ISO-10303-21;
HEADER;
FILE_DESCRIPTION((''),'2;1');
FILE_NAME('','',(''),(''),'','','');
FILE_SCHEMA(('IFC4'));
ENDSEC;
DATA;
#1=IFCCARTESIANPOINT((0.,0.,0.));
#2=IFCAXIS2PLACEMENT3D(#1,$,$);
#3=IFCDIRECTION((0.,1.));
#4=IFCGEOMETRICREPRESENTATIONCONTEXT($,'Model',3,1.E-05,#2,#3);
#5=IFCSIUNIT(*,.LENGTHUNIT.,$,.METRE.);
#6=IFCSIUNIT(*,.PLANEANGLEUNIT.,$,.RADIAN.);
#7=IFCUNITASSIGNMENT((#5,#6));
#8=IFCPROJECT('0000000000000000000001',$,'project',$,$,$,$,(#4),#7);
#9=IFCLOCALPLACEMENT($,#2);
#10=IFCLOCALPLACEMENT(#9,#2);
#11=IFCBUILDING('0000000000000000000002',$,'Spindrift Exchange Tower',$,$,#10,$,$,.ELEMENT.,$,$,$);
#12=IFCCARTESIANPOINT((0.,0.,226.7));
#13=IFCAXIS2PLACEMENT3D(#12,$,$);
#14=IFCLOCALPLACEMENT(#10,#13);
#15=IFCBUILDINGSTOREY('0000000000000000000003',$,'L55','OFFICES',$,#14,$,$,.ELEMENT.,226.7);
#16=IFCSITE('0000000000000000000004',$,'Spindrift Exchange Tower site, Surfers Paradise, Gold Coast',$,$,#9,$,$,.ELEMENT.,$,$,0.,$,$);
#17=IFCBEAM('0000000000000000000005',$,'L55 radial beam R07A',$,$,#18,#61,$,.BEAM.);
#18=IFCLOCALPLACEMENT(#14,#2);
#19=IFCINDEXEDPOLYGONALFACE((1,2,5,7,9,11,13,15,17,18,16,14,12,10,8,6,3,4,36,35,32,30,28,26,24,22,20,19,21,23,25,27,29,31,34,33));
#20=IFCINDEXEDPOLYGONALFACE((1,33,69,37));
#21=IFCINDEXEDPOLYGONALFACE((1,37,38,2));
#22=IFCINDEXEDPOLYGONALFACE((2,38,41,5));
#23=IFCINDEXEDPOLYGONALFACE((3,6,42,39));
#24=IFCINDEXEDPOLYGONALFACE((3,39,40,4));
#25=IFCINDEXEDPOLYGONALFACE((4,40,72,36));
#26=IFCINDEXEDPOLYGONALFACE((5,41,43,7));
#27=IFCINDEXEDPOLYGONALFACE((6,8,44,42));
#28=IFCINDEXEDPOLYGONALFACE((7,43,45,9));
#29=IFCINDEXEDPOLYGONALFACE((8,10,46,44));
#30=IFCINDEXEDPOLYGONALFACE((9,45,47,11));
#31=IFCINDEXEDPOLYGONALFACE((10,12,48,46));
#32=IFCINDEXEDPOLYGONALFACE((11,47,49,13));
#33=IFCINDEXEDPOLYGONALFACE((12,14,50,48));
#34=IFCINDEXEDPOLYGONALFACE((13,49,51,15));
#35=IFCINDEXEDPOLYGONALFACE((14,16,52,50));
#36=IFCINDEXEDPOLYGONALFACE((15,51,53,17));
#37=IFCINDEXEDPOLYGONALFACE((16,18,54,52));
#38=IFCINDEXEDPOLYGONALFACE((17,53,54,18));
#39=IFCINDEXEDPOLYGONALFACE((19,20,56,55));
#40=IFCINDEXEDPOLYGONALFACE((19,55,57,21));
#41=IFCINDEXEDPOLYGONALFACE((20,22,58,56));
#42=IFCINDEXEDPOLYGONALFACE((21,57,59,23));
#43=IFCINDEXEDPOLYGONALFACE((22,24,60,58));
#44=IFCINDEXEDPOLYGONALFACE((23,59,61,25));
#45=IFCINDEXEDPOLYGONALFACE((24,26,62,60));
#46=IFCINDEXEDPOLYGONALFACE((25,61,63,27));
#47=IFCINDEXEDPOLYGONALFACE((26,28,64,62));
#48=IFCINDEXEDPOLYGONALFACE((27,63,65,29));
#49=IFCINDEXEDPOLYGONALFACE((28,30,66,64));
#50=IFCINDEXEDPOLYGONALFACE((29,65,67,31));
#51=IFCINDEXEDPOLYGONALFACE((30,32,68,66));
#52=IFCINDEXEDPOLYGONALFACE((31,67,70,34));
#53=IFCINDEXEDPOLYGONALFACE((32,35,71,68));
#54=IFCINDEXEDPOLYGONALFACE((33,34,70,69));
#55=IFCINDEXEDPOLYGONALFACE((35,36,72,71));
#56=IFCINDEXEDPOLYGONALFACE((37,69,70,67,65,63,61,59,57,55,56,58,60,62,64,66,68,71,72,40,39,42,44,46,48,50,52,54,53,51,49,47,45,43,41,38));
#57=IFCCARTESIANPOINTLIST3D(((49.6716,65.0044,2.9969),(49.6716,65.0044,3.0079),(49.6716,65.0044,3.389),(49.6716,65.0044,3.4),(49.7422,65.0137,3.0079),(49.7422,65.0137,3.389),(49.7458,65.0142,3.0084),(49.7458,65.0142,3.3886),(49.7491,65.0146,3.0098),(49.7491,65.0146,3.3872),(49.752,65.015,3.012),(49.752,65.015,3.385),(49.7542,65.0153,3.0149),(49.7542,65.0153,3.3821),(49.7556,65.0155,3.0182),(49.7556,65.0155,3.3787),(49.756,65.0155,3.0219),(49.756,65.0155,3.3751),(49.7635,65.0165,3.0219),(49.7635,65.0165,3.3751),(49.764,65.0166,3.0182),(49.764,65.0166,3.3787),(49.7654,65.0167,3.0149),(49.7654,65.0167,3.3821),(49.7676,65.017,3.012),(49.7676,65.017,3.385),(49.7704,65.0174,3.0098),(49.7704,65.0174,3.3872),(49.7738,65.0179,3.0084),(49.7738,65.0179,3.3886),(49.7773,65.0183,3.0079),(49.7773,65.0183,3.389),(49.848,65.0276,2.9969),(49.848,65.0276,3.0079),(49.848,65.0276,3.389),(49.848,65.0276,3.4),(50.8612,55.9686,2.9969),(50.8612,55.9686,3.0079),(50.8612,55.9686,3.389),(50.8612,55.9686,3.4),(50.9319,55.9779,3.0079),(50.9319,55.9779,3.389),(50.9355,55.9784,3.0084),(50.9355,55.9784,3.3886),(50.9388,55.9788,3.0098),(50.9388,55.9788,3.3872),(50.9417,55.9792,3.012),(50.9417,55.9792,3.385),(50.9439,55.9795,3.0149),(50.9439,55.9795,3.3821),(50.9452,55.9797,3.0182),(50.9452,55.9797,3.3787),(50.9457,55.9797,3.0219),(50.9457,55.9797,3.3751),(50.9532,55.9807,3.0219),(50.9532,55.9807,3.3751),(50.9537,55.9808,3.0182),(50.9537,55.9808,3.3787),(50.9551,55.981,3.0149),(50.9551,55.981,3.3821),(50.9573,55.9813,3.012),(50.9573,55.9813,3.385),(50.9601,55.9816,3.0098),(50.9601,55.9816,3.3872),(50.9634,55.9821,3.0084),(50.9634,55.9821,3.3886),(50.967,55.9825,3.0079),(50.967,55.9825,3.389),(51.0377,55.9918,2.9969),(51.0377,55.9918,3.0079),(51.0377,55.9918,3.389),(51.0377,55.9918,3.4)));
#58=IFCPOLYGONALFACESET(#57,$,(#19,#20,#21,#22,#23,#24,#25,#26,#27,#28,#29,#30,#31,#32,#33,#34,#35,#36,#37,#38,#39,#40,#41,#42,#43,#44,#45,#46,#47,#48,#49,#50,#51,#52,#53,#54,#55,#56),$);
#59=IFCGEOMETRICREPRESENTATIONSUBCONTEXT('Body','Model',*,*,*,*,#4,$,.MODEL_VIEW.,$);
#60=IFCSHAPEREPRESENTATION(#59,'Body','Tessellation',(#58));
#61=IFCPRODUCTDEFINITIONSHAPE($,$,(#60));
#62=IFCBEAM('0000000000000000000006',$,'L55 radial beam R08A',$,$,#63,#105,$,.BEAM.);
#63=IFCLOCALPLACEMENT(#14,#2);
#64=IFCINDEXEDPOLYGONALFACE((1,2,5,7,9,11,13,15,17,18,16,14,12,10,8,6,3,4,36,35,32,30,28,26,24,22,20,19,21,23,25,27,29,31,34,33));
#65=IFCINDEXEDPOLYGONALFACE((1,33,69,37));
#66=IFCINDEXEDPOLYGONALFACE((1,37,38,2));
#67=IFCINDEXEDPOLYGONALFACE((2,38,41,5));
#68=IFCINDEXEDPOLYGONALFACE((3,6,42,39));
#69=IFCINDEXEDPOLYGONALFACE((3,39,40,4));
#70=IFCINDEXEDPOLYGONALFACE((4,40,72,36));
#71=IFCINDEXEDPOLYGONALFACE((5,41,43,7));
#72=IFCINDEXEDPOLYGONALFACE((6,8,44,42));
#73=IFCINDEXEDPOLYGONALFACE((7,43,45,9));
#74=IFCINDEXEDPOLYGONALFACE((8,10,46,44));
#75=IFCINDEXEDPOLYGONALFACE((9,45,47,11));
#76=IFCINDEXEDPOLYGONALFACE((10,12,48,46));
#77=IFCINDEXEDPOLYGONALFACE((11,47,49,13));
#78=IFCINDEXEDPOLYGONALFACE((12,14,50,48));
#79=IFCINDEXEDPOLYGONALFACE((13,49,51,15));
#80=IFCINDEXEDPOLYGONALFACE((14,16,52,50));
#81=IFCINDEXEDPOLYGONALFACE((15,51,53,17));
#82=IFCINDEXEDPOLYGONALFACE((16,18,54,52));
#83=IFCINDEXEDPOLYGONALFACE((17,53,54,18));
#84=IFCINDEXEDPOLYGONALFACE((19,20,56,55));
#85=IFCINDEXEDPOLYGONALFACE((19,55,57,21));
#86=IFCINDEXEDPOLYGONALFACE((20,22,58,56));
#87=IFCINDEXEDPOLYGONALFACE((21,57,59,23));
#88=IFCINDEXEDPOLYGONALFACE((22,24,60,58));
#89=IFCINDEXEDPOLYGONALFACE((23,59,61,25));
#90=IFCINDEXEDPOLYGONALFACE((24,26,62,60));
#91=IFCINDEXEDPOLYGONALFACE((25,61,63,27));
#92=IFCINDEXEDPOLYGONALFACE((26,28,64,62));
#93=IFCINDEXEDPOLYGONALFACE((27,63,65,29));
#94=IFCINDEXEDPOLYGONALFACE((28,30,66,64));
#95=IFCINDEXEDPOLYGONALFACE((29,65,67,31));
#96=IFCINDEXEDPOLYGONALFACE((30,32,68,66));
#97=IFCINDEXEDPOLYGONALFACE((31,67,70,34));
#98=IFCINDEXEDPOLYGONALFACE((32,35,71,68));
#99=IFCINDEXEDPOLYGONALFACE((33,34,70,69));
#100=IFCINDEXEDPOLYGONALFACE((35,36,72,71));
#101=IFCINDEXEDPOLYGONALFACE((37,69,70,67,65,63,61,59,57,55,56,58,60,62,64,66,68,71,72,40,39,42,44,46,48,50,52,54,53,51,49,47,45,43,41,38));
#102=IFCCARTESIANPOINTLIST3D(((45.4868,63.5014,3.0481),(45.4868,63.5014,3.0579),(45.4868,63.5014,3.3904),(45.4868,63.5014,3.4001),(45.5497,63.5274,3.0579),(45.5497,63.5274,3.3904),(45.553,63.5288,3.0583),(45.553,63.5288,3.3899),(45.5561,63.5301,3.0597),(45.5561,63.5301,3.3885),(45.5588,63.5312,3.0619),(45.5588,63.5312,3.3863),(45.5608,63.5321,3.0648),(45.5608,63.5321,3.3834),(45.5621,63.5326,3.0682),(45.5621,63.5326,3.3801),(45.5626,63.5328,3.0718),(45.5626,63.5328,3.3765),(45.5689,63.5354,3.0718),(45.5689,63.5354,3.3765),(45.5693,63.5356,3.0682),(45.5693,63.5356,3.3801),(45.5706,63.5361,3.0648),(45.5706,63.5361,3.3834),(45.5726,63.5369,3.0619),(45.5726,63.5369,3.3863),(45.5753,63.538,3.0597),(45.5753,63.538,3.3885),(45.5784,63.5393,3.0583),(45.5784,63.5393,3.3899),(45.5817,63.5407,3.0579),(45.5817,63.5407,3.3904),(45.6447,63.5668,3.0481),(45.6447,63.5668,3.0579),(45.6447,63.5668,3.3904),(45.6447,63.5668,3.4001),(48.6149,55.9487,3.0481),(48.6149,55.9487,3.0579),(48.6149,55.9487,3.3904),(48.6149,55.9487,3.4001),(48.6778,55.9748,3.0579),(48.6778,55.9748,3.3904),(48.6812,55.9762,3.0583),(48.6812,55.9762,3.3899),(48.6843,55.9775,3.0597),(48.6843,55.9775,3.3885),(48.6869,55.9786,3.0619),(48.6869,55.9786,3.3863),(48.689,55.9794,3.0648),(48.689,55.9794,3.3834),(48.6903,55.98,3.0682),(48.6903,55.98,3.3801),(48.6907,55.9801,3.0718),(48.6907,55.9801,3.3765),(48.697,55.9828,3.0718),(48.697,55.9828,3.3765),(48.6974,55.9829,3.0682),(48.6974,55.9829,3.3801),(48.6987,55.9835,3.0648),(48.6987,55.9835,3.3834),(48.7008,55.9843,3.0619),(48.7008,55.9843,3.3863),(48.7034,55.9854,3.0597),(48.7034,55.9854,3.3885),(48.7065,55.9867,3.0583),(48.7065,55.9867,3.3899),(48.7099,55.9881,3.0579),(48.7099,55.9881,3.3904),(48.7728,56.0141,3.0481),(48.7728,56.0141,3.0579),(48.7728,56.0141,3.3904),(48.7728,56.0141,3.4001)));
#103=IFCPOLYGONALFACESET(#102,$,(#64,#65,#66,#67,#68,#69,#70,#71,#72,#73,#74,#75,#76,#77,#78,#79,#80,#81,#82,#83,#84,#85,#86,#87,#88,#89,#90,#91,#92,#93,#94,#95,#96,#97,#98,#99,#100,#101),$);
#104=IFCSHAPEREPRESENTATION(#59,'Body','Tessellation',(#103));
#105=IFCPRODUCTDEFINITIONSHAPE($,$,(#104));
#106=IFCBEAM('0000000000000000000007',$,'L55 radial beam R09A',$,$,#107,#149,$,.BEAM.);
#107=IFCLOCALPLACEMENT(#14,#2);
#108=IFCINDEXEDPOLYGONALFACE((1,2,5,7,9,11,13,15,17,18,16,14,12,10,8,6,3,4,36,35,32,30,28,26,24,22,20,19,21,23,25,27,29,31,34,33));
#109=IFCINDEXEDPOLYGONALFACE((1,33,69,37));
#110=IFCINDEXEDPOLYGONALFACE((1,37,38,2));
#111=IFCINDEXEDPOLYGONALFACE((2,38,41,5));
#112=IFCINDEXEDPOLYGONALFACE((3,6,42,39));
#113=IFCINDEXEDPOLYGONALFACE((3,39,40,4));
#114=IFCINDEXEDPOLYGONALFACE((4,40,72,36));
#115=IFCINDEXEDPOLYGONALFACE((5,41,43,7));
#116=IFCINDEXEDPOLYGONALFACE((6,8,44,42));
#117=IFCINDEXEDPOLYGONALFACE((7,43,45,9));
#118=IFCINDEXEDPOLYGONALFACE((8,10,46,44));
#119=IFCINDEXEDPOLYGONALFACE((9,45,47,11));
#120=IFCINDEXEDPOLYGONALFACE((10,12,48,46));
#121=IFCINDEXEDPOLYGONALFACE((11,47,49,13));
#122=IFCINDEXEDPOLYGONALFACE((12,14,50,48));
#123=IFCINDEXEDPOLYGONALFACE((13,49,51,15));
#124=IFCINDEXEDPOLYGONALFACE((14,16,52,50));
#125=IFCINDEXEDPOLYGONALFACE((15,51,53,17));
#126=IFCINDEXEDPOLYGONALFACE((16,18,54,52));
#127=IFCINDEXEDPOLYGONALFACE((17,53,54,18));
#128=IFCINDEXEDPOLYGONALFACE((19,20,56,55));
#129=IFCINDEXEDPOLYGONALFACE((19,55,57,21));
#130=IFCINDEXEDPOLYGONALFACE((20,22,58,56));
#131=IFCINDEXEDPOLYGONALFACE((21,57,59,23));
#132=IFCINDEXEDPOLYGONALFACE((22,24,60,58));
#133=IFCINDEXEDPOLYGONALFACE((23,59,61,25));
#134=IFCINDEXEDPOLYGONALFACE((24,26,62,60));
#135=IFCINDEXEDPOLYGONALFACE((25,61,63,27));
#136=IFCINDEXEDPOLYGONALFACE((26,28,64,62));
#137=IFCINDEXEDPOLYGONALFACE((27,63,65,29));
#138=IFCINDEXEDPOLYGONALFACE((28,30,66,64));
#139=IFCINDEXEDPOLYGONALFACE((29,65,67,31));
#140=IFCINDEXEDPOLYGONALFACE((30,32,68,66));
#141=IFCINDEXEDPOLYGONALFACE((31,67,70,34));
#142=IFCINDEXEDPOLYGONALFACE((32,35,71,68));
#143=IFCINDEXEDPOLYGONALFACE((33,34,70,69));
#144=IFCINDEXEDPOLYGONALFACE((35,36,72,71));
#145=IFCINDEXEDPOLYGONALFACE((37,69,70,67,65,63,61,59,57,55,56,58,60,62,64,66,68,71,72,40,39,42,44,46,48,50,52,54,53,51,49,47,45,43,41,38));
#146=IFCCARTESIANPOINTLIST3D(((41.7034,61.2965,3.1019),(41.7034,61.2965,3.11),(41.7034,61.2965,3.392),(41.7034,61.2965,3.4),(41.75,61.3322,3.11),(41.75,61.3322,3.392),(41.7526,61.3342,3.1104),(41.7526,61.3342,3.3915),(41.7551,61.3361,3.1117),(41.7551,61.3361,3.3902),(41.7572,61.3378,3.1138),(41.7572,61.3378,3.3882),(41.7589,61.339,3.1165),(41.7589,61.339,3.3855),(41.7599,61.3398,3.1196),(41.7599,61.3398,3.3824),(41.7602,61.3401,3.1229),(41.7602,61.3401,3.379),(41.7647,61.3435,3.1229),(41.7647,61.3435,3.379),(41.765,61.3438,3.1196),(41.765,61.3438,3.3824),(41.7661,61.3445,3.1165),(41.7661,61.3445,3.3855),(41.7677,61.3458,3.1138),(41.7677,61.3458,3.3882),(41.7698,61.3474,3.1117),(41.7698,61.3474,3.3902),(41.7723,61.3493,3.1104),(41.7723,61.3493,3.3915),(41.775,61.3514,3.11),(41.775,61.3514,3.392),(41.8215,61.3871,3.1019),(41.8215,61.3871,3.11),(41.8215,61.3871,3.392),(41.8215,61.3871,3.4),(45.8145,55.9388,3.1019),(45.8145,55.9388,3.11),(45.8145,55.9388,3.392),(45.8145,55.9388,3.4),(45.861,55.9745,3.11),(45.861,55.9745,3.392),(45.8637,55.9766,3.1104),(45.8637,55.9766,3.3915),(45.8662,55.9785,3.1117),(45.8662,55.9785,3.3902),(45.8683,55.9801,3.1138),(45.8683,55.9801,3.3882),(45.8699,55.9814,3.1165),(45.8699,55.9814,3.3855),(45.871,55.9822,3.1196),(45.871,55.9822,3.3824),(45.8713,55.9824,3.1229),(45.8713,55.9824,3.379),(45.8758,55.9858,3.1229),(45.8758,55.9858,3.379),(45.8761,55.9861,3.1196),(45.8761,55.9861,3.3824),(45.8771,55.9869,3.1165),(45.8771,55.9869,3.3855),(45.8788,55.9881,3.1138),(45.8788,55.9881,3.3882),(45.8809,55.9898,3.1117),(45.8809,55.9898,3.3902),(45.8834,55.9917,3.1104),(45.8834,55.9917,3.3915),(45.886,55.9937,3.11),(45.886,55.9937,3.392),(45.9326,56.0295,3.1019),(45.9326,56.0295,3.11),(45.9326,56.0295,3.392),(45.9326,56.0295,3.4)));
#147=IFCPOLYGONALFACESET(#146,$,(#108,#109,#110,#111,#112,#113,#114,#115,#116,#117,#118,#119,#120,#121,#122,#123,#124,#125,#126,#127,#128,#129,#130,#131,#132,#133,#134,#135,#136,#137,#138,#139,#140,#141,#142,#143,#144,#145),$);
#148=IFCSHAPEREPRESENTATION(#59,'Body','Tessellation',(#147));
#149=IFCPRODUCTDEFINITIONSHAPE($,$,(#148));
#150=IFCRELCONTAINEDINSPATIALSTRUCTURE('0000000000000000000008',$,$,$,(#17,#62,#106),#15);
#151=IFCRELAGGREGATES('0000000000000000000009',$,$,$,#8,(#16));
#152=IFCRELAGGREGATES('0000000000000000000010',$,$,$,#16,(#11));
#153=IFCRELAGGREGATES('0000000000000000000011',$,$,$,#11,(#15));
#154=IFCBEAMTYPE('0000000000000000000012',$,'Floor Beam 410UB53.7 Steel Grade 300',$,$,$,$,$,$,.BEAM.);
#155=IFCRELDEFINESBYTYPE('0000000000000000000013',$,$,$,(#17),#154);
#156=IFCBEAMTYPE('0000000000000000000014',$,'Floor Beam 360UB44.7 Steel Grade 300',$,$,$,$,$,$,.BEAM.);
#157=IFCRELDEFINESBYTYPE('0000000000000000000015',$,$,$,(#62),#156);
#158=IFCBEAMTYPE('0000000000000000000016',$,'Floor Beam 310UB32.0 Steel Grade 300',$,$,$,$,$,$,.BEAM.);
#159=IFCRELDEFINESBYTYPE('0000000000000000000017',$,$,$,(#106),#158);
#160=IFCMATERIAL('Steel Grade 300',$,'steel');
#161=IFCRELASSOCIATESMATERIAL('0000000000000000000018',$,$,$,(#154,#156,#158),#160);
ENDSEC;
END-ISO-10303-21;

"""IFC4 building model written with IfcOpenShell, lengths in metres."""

from ifc_helpers import new_model, si_unit, direction, frame, origin, origin_2d, place, context, subcontext, project, spatial, i_section, extrude, source, transform, mapped, material, material_profile, profile_set, type_object, element, save


model = new_model("IFC4")

# Units and contexts
model_context = context("Model", 3, precision=1e-05, world=origin(), true_north=direction((0.0, 1.0)))
body_context = subcontext(model_context, "Body", "Model", "MODEL_VIEW")
ifc_project = project(units=[si_unit("LENGTHUNIT", "METRE"), si_unit("PLANEANGLEUNIT", "RADIAN")], contexts=[model_context])

# Site, building, storey
site_placement = place(None, origin())
site = spatial("IfcSite", under=ifc_project, at=site_placement, Name="Spindrift Exchange Tower site, Surfers Paradise, Gold Coast", CompositionType="ELEMENT", RefElevation=0.0)
building_placement = place(site_placement, origin())
building = spatial("IfcBuilding", under=site, at=building_placement, Name="Spindrift Exchange Tower", CompositionType="ELEMENT")
storey_placement = place(building_placement, frame((0.0, 0.0, 226.7)))
storey = spatial("IfcBuildingStorey", under=building, at=storey_placement, Name="L55", Description="OFFICES", CompositionType="ELEMENT", Elevation=226.7)

# Beams
ifc_material_1 = material(Name="Steel Grade 300", Category="steel")
ifc_material_profile_1 = material_profile(ifc_material_1, i_section(OverallWidth=0.178, OverallDepth=0.4031, WebThickness=0.0076, FlangeThickness=0.011, FilletRadius=0.0139, at=origin_2d()), Name="410UB53.7")
ifc_profile_set_1 = profile_set([ifc_material_profile_1], Name="Steel Grade 300")
beam_type_1 = type_object("IfcBeamType", Name="Floor Beam 410UB53.7 Steel Grade 300", PredefinedType="BEAM", material=ifc_profile_set_1)
shared_shape_1 = source(origin(), body_context, "Body", "SweptSolid", [
    extrude(i_section(OverallWidth=0.178, OverallDepth=0.4031, WebThickness=0.0076, FlangeThickness=0.011, FilletRadius=0.0139, at=origin_2d()), origin(), (0.0, 0.0, 1.0), 9.1138),
])
beam_1_placement = place(storey_placement, frame((50.9495, 55.9802, 3.1985), z_axis=(-0.130537, 0.991443, 0.0), x_axis=(-0.991443, -0.130537, 0.0)))
element("IfcBeam", 1, at=beam_1_placement, inside=storey, type_object=beam_type_1, Name="L55 radial beam R07A", PredefinedType="BEAM", context=body_context, shape_type="MappedRepresentation", body=[
    mapped(shared_shape_1, transform((0.0, 0.0, 0.0), scale=1.0)),
])
ifc_material_profile_2 = material_profile(ifc_material_1, i_section(OverallWidth=0.1709, OverallDepth=0.3521, WebThickness=0.0068, FlangeThickness=0.0098, FilletRadius=0.0139, at=origin_2d()), Name="360UB44.7")
ifc_profile_set_2 = profile_set([ifc_material_profile_2], Name="Steel Grade 300")
beam_type_2 = type_object("IfcBeamType", Name="Floor Beam 360UB44.7 Steel Grade 300", PredefinedType="BEAM", material=ifc_profile_set_2)
shared_shape_2 = source(origin(), body_context, "Body", "SweptSolid", [
    extrude(i_section(OverallWidth=0.1709, OverallDepth=0.3521, WebThickness=0.0068, FlangeThickness=0.0098, FilletRadius=0.0139, at=origin_2d()), origin(), (0.0, 0.0, 1.0), 8.1748),
])
beam_2_placement = place(storey_placement, frame((48.6938, 55.9814, 3.2241), z_axis=(-0.382655, 0.923891, 0.0), x_axis=(-0.923891, -0.382655, 0.0)))
element("IfcBeam", 2, at=beam_2_placement, inside=storey, type_object=beam_type_2, Name="L55 radial beam R08A", PredefinedType="BEAM", context=body_context, shape_type="MappedRepresentation", body=[
    mapped(shared_shape_2, transform((0.0, 0.0, 0.0), scale=1.0)),
])
ifc_material_profile_3 = material_profile(ifc_material_1, i_section(OverallWidth=0.1489, OverallDepth=0.2981, WebThickness=0.0056, FlangeThickness=0.0081, FilletRadius=0.0129, at=origin_2d()), Name="310UB32.0")
ifc_profile_set_3 = profile_set([ifc_material_profile_3], Name="Steel Grade 300")
beam_type_3 = type_object("IfcBeamType", Name="Floor Beam 310UB32.0 Steel Grade 300", PredefinedType="BEAM", material=ifc_profile_set_3)
shared_shape_3 = source(origin(), body_context, "Body", "SweptSolid", [
    extrude(i_section(OverallWidth=0.1489, OverallDepth=0.2981, WebThickness=0.0056, FlangeThickness=0.0081, FilletRadius=0.0129, at=origin_2d()), origin(), (0.0, 0.0, 1.0), 6.7532),
])
beam_3_placement = place(storey_placement, frame((45.8735, 55.9841, 3.251), z_axis=(-0.608762, 0.793353, 0.0), x_axis=(-0.793353, -0.608762, 0.0)))
element("IfcBeam", 3, at=beam_3_placement, inside=storey, type_object=beam_type_3, Name="L55 radial beam R09A", PredefinedType="BEAM", context=body_context, shape_type="MappedRepresentation", body=[
    mapped(shared_shape_3, transform((0.0, 0.0, 0.0), scale=1.0)),
])

save(model, "model.ifc")
